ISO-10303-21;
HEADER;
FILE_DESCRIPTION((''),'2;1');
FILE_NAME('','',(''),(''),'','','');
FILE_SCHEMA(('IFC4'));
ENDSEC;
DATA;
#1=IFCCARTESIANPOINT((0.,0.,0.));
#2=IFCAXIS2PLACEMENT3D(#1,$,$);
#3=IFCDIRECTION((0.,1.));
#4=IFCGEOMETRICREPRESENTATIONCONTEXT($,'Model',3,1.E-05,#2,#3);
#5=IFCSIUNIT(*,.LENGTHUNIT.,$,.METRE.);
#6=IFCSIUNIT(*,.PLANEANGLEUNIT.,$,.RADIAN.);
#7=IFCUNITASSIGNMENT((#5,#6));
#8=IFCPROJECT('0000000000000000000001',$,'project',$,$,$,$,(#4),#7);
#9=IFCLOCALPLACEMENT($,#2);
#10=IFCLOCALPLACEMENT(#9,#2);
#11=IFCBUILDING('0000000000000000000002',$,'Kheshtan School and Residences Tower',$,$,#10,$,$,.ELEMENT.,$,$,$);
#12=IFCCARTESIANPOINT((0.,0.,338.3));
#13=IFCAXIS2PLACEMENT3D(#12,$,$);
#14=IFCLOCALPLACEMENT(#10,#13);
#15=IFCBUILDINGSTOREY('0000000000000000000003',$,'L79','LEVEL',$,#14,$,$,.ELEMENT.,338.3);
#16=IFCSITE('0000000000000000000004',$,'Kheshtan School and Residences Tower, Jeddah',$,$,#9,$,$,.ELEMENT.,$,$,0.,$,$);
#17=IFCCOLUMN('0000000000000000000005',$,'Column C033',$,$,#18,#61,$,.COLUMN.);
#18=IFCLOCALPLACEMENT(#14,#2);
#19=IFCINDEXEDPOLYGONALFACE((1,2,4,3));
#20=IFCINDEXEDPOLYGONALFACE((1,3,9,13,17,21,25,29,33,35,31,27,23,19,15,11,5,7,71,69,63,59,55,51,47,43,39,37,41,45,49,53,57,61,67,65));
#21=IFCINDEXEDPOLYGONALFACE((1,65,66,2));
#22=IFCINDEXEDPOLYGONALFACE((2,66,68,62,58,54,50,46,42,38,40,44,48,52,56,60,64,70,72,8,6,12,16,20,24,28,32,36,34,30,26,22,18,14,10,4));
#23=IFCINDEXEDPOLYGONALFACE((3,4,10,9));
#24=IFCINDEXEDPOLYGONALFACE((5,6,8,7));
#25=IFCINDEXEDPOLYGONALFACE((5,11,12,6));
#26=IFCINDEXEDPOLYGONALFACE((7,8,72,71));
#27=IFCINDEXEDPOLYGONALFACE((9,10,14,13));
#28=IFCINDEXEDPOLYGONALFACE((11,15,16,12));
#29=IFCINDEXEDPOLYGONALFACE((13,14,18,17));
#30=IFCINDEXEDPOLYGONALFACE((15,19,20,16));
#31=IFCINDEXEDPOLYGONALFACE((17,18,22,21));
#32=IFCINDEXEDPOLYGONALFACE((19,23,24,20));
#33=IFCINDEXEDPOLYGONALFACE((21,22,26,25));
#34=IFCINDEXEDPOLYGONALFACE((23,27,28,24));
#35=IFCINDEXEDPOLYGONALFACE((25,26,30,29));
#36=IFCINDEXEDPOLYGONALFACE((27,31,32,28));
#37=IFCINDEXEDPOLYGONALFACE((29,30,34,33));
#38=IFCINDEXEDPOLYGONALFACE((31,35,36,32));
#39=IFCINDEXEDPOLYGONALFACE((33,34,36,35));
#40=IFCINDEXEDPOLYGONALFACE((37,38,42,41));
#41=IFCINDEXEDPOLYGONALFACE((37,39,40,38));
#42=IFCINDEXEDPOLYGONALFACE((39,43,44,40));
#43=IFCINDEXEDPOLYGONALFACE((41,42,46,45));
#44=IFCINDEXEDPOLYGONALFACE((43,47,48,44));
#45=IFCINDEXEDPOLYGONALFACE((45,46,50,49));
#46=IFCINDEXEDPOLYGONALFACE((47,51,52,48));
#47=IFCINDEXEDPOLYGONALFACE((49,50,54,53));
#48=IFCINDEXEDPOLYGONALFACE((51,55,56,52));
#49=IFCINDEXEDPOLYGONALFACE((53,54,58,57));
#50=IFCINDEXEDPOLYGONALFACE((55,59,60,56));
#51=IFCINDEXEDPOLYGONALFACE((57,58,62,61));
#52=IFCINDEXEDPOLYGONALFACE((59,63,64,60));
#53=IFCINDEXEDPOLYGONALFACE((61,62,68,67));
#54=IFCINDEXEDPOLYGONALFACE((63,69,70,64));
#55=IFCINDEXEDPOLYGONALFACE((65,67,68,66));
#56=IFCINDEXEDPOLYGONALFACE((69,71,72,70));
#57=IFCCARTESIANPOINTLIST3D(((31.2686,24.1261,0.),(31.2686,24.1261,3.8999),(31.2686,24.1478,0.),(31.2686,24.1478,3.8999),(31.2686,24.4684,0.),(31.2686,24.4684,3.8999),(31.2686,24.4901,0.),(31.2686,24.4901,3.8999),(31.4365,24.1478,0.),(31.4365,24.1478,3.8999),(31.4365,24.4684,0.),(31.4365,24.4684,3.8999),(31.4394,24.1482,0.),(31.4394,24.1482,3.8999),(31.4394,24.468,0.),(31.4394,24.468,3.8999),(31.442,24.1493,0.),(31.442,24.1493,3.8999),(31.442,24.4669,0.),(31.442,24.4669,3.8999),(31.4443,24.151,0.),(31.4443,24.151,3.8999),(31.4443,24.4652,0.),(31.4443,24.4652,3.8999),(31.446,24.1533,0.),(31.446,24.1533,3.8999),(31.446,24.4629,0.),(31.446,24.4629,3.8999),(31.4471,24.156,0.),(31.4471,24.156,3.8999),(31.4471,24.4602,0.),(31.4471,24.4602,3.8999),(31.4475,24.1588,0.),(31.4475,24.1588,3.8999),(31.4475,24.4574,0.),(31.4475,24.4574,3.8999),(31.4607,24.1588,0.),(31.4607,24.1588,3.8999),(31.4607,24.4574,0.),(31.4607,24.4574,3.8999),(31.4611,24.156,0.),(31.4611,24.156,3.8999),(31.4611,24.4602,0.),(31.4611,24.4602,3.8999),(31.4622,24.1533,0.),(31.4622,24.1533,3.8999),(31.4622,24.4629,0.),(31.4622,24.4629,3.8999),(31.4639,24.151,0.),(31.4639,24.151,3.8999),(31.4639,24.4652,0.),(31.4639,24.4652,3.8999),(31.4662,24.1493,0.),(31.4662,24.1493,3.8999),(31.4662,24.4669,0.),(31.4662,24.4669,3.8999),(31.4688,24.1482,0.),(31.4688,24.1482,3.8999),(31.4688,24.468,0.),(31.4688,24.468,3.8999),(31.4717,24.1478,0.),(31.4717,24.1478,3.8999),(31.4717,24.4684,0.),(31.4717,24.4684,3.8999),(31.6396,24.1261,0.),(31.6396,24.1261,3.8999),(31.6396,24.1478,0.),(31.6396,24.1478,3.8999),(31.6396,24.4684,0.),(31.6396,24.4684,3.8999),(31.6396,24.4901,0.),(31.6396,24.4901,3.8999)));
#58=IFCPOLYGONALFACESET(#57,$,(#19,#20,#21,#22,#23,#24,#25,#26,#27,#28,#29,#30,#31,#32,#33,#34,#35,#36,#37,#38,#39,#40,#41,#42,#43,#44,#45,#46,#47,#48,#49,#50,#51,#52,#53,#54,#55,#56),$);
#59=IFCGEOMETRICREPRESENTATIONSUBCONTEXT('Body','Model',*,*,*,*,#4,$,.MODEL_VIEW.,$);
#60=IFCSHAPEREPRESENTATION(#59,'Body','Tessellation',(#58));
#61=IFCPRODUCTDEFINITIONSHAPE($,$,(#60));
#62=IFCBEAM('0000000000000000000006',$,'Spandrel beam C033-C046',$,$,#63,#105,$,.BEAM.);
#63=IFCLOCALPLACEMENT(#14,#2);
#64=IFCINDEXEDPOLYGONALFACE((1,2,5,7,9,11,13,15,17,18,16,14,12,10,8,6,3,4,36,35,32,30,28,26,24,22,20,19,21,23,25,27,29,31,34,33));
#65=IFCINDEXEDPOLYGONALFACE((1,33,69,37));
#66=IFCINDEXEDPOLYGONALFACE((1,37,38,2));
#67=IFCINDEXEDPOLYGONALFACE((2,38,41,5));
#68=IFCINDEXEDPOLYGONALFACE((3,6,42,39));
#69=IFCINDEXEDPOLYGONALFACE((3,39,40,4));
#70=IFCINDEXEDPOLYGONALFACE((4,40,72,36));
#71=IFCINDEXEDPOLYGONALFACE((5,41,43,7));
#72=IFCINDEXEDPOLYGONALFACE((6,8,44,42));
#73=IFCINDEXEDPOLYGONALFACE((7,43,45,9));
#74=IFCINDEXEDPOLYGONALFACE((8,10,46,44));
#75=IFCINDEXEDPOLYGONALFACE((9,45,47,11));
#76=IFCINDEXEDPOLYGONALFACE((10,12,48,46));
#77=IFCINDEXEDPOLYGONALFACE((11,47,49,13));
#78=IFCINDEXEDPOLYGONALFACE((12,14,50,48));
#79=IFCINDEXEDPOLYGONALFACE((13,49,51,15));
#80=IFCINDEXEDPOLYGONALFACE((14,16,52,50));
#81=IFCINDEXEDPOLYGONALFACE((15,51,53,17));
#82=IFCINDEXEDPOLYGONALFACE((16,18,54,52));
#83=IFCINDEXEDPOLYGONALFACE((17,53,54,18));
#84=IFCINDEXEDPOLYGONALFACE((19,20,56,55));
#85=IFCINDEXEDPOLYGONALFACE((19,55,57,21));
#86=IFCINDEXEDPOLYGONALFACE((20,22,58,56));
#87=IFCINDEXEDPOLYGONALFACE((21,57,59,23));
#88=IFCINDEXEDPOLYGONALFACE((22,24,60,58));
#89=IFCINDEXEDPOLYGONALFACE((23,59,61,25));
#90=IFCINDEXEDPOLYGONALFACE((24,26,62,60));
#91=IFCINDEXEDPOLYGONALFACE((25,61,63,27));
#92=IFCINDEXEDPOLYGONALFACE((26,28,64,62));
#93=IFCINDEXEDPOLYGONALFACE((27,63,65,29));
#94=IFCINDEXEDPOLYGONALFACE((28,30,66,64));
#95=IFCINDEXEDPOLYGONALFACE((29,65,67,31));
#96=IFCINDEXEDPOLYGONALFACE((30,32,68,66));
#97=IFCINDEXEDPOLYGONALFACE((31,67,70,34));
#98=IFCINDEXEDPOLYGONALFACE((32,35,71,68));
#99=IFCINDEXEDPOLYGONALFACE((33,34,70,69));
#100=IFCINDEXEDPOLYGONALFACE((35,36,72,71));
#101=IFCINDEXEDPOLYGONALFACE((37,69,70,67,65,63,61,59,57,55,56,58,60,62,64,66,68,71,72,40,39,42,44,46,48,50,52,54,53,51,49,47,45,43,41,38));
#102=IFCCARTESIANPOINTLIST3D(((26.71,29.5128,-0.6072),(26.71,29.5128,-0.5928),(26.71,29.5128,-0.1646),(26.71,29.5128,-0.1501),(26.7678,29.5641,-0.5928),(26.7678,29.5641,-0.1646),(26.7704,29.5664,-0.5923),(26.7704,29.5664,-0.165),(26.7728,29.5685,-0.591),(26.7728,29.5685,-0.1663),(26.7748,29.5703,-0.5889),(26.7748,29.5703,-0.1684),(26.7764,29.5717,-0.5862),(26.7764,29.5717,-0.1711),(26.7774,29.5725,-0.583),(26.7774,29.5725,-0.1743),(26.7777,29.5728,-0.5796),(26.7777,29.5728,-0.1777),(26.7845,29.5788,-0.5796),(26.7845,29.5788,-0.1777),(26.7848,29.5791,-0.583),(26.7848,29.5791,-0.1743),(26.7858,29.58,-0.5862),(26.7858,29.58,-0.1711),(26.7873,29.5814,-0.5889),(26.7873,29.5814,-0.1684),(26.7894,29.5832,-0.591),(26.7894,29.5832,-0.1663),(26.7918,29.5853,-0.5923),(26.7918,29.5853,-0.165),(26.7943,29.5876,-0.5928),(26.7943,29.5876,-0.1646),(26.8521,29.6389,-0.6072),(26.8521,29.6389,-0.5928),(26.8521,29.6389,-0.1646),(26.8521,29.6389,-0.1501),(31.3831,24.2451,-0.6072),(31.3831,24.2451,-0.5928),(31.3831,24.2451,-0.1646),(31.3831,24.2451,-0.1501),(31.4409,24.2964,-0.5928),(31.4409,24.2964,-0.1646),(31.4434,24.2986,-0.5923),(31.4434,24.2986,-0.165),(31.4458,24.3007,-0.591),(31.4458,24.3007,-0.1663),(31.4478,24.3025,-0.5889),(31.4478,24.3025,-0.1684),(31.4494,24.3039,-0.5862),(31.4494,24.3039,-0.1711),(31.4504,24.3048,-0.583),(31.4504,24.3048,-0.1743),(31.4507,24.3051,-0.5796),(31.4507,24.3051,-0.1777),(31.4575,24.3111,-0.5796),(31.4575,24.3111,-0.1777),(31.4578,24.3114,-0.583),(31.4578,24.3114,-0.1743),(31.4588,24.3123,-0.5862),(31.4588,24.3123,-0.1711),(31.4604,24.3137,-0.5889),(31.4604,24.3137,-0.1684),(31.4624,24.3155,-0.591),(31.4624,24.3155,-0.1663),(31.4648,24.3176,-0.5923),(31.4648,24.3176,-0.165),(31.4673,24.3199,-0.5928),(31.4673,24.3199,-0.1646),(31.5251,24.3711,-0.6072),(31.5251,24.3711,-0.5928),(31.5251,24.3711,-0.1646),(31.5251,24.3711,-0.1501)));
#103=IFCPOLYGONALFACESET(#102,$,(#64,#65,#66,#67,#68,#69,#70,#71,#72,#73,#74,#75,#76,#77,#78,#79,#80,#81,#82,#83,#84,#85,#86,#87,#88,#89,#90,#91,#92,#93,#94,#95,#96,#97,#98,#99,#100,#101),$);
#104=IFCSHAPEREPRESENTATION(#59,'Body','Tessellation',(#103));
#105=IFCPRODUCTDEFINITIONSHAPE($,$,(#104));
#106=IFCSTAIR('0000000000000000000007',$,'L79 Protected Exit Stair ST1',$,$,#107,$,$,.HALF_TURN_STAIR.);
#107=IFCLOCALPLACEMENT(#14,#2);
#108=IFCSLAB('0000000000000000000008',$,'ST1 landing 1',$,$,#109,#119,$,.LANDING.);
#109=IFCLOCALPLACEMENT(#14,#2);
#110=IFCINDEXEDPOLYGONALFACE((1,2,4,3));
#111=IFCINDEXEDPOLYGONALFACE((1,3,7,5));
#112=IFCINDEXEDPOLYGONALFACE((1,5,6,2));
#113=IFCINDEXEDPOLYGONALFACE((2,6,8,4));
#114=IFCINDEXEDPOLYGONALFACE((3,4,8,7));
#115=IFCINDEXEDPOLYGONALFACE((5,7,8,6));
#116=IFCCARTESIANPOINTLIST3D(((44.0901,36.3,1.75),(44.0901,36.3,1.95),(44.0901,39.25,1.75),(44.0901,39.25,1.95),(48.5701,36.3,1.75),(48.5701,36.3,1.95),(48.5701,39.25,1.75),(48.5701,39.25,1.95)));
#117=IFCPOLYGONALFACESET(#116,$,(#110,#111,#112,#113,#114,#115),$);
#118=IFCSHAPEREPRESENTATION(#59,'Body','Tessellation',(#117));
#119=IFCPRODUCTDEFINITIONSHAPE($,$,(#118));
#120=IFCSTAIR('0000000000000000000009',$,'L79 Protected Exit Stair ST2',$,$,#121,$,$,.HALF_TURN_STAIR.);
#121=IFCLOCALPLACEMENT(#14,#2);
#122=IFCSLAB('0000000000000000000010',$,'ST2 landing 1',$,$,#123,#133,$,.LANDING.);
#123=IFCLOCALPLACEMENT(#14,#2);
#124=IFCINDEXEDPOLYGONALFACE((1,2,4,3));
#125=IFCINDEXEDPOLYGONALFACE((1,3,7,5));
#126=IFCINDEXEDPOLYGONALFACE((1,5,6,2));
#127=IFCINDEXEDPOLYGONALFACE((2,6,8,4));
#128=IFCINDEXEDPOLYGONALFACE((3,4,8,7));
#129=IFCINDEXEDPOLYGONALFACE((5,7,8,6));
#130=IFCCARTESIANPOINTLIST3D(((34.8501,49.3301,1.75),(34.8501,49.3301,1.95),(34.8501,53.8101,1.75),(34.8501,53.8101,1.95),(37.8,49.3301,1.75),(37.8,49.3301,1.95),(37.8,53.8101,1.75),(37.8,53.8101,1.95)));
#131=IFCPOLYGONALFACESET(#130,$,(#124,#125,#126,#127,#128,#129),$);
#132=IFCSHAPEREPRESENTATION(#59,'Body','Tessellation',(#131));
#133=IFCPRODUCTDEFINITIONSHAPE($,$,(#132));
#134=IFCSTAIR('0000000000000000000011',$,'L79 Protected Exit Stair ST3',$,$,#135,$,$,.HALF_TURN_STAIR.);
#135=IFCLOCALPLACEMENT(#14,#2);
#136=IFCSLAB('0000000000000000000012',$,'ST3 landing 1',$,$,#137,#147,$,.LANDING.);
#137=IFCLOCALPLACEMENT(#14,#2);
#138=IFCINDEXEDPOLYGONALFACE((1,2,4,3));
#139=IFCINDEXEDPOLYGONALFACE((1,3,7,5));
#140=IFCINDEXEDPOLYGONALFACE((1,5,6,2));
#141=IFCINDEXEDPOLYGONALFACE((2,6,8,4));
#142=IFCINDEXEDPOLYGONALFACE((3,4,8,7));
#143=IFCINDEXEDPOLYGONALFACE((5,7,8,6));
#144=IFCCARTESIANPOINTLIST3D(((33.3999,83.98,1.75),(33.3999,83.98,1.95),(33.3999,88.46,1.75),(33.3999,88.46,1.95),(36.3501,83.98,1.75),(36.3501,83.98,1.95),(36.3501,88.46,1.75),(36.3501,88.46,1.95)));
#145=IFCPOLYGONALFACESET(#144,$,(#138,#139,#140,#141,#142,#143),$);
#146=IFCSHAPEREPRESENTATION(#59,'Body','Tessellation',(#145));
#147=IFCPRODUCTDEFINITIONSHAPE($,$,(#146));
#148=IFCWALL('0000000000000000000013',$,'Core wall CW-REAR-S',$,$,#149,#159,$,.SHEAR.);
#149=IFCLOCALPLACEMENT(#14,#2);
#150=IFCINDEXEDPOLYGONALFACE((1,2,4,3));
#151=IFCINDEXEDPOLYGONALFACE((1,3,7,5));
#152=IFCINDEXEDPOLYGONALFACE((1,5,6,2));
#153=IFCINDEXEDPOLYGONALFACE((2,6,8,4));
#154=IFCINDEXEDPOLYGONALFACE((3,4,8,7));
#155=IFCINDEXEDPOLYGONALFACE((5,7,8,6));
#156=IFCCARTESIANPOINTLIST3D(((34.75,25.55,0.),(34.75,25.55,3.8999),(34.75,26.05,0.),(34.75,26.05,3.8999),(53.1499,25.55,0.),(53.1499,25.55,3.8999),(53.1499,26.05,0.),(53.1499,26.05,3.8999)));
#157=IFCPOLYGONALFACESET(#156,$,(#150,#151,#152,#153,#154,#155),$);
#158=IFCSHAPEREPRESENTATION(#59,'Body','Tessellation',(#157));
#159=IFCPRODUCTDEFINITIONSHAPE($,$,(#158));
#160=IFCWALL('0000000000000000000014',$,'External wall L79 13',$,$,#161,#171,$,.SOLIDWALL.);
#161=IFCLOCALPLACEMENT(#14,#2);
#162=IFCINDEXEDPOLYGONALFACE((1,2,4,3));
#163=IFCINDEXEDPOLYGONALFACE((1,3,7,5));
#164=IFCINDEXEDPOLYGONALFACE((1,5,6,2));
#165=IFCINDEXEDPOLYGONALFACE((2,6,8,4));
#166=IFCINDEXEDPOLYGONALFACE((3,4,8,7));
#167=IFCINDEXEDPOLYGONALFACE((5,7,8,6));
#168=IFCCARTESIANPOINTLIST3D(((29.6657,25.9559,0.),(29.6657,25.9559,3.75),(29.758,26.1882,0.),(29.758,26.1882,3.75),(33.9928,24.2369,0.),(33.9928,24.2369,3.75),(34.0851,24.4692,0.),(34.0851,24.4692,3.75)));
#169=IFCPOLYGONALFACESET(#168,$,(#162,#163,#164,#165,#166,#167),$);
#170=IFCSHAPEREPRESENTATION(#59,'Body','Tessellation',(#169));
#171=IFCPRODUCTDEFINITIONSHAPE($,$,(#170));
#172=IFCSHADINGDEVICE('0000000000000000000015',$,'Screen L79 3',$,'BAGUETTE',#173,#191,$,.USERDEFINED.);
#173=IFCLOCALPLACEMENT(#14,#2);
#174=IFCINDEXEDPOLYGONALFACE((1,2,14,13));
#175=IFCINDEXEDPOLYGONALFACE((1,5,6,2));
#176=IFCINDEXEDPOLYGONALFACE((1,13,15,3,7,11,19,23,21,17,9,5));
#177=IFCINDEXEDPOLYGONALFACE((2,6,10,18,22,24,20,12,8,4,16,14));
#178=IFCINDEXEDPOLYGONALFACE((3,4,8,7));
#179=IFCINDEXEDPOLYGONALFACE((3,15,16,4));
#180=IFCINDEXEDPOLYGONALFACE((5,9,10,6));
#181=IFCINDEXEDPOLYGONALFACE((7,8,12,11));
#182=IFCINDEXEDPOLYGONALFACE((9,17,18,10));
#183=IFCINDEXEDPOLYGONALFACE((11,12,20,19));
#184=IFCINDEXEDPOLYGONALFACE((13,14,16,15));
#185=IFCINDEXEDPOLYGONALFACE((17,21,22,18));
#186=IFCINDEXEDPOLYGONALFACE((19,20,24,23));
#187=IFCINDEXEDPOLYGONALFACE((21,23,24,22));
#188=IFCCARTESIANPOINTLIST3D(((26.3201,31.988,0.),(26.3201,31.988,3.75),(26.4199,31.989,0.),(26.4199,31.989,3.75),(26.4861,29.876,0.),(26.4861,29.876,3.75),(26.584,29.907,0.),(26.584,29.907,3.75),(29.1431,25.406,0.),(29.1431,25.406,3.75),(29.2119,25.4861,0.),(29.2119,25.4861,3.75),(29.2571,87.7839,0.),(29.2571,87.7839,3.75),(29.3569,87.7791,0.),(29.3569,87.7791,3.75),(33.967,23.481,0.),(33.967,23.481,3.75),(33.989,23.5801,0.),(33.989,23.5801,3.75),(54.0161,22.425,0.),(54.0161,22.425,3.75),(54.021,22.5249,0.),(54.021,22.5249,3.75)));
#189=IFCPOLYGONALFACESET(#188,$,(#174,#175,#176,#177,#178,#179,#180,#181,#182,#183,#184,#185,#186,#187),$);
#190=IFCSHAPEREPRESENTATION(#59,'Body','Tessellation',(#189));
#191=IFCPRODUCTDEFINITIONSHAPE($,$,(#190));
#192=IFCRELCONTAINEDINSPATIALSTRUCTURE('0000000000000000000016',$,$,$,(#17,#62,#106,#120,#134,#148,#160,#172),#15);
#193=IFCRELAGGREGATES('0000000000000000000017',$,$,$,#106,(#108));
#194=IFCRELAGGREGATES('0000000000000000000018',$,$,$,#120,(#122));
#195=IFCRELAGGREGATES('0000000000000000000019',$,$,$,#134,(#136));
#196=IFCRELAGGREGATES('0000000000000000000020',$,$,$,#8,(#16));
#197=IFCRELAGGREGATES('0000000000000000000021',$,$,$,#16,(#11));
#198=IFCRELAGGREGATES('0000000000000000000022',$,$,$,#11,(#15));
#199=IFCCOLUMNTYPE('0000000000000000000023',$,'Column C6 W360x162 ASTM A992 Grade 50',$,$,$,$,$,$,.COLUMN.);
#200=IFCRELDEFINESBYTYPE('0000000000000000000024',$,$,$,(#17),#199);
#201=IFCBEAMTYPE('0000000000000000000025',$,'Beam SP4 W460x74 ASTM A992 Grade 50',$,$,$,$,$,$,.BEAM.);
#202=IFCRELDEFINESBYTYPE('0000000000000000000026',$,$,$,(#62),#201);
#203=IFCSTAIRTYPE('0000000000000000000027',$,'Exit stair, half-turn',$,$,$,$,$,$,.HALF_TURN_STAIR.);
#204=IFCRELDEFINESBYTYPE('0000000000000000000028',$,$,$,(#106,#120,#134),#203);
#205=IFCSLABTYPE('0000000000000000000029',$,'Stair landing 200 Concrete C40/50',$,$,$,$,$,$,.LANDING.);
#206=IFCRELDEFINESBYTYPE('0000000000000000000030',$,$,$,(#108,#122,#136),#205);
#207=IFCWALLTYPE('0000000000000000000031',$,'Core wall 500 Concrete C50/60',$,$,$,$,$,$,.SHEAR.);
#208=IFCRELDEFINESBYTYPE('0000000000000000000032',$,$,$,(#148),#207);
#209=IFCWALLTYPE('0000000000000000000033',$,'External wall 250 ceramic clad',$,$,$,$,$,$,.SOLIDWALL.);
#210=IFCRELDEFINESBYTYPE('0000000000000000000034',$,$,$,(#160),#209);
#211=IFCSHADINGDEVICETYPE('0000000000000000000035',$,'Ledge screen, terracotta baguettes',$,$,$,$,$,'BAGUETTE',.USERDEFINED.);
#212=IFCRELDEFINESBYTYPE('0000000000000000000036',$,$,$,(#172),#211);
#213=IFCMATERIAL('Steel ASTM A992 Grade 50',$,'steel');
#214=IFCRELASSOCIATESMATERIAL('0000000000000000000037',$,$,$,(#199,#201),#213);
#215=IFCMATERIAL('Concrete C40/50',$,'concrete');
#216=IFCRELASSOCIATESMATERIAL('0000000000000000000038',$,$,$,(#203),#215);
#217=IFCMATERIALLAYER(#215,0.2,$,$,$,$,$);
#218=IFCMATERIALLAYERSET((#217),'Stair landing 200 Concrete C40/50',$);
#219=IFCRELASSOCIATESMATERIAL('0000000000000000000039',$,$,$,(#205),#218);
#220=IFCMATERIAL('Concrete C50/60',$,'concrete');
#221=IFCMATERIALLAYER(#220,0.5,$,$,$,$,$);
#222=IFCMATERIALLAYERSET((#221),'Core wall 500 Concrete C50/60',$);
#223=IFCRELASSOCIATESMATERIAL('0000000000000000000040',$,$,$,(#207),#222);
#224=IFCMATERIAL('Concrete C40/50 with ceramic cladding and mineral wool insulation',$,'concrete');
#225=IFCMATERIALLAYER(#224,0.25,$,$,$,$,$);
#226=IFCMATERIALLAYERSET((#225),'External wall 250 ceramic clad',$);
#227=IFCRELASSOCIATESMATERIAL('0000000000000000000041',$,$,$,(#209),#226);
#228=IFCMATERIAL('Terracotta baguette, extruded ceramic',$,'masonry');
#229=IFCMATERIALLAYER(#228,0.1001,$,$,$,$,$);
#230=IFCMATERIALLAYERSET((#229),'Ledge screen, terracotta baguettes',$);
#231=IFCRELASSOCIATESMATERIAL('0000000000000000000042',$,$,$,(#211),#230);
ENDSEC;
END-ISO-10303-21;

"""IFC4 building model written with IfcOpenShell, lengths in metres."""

from ifc_helpers import new_model, si_unit, direction, frame, frame_2d, origin, origin_2d, place, context, subcontext, project, spatial, polyline, rectangle, i_section, outline, extrude, material, layer, layer_set, material_profile, profile_set, type_object, element, aggregate, save


model = new_model("IFC4")

# Units and contexts
model_context = context("Model", 3, precision=1e-05, world=origin(), true_north=direction((0.0, 1.0)))
body_context = subcontext(model_context, "Body", "Model", "MODEL_VIEW")
ifc_project = project(units=[si_unit("LENGTHUNIT", "METRE"), si_unit("PLANEANGLEUNIT", "RADIAN")], contexts=[model_context])

# Site, building, storey
site_placement = place(None, origin())
site = spatial("IfcSite", under=ifc_project, at=site_placement, Name="Kheshtan School and Residences Tower, Jeddah", CompositionType="ELEMENT", RefElevation=0.0)
building_placement = place(site_placement, origin())
building = spatial("IfcBuilding", under=site, at=building_placement, Name="Kheshtan School and Residences Tower", CompositionType="ELEMENT")
storey_placement = place(building_placement, frame((0.0, 0.0, 338.3)))
storey = spatial("IfcBuildingStorey", under=building, at=storey_placement, Name="L79", Description="LEVEL", CompositionType="ELEMENT", Elevation=338.3)

# Column
ifc_material_1 = material(Name="Steel ASTM A992 Grade 50", Category="steel")
ifc_material_profile_1 = material_profile(ifc_material_1, i_section(OverallWidth=0.3711, OverallDepth=0.364, WebThickness=0.0132, FlangeThickness=0.0217, FilletRadius=0.011, at=origin_2d()), Name="W360x162")
ifc_profile_set_1 = profile_set([ifc_material_profile_1], Name="Steel ASTM A992 Grade 50")
column_type = type_object("IfcColumnType", Name="Column C6 W360x162 ASTM A992 Grade 50", PredefinedType="COLUMN", material=ifc_profile_set_1)
column_placement = place(storey_placement, frame((31.4541, 24.3081, 0.0), z_axis=(0.0, 0.0, 1.0), x_axis=(1.0, 0.0, 0.0)))
element("IfcColumn", 1, at=column_placement, inside=storey, type_object=column_type, Name="Column C033", PredefinedType="COLUMN", context=body_context, shape_type="SweptSolid", body=[
    extrude(i_section(OverallWidth=0.3711, OverallDepth=0.364, WebThickness=0.0132, FlangeThickness=0.0217, FilletRadius=0.011, at=origin_2d()), origin(), (0.0, 0.0, 1.0), 3.8999),
])

# Beam
ifc_material_profile_2 = material_profile(ifc_material_1, i_section(OverallWidth=0.1899, OverallDepth=0.457, WebThickness=0.009, FlangeThickness=0.0144, FilletRadius=0.0132, at=origin_2d()), Name="W460x74")
ifc_profile_set_2 = profile_set([ifc_material_profile_2], Name="Steel ASTM A992 Grade 50")
beam_type = type_object("IfcBeamType", Name="Beam SP4 W460x74 ASTM A992 Grade 50", PredefinedType="BEAM", material=ifc_profile_set_2)
beam_placement = place(storey_placement, frame((31.4541, 24.3081, -0.3787), z_axis=(-0.663617, 0.748073, 0.0), x_axis=(-0.748073, -0.663617, 0.0)))
element("IfcBeam", 2, at=beam_placement, inside=storey, type_object=beam_type, Name="Spandrel beam C033-C046", PredefinedType="BEAM", context=body_context, shape_type="SweptSolid", body=[
    extrude(i_section(OverallWidth=0.1899, OverallDepth=0.457, WebThickness=0.009, FlangeThickness=0.0144, FilletRadius=0.0132, at=origin_2d()), origin(), (0.0, 0.0, 1.0), 7.0417),
])

# Shared definitions
ifc_material_2 = material(Name="Concrete C40/50", Category="concrete")

# Stairs, slabs
stair_type = type_object("IfcStairType", Name="Exit stair, half-turn", PredefinedType="HALF_TURN_STAIR", material=ifc_material_2)
stair_1_placement = place(storey_placement, origin())
stair_1 = element("IfcStair", 3, at=stair_1_placement, inside=storey, type_object=stair_type, Name="L79 Protected Exit Stair ST1", PredefinedType="HALF_TURN_STAIR")
ifc_layer_1 = layer(ifc_material_2, 0.2)
ifc_layer_set_1 = layer_set([ifc_layer_1], Name="Stair landing 200 Concrete C40/50")
slab_type_1 = type_object("IfcSlabType", Name="Stair landing 200 Concrete C40/50", PredefinedType="LANDING", material=ifc_layer_set_1)
slab_1_placement = place(storey_placement, frame((0.0, 0.0, 1.75)))
slab_1 = element("IfcSlab", 4, at=slab_1_placement, type_object=slab_type_1, Name="ST1 landing 1", PredefinedType="LANDING", context=body_context, shape_type="SweptSolid", body=[
    extrude(outline(polyline([(48.5701, 39.25), (44.0901, 39.25), (44.0901, 36.3), (48.5701, 36.3), (48.5701, 39.25)])), origin(), (0.0, 0.0, 1.0), 0.2),
])
aggregate(stair_1, [slab_1])
stair_2_placement = place(storey_placement, origin())
stair_2 = element("IfcStair", 5, at=stair_2_placement, inside=storey, type_object=stair_type, Name="L79 Protected Exit Stair ST2", PredefinedType="HALF_TURN_STAIR")
slab_2_placement = place(storey_placement, frame((0.0, 0.0, 1.75)))
slab_2 = element("IfcSlab", 6, at=slab_2_placement, type_object=slab_type_1, Name="ST2 landing 1", PredefinedType="LANDING", context=body_context, shape_type="SweptSolid", body=[
    extrude(outline(polyline([(37.8, 49.3301), (37.8, 53.8101), (34.8501, 53.8101), (34.8501, 49.3301), (37.8, 49.3301)])), origin(), (0.0, 0.0, 1.0), 0.2),
])
aggregate(stair_2, [slab_2])
stair_3_placement = place(storey_placement, origin())
stair_3 = element("IfcStair", 7, at=stair_3_placement, inside=storey, type_object=stair_type, Name="L79 Protected Exit Stair ST3", PredefinedType="HALF_TURN_STAIR")
slab_3_placement = place(storey_placement, frame((0.0, 0.0, 1.75)))
slab_3 = element("IfcSlab", 8, at=slab_3_placement, type_object=slab_type_1, Name="ST3 landing 1", PredefinedType="LANDING", context=body_context, shape_type="SweptSolid", body=[
    extrude(outline(polyline([(36.3501, 83.98), (36.3501, 88.46), (33.3999, 88.46), (33.3999, 83.98), (36.3501, 83.98)])), origin(), (0.0, 0.0, 1.0), 0.2),
])
aggregate(stair_3, [slab_3])

# Walls
ifc_material_3 = material(Name="Concrete C50/60", Category="concrete")
ifc_layer_2 = layer(ifc_material_3, 0.5)
ifc_layer_set_2 = layer_set([ifc_layer_2], Name="Core wall 500 Concrete C50/60")
wall_type_1 = type_object("IfcWallType", Name="Core wall 500 Concrete C50/60", PredefinedType="SHEAR", material=ifc_layer_set_2)
wall_1_placement = place(storey_placement, frame((34.75, 25.8, 0.0), z_axis=(0.0, 0.0, 1.0), x_axis=(1.0, 0.0, 0.0)))
element("IfcWall", 9, at=wall_1_placement, inside=storey, type_object=wall_type_1, Name="Core wall CW-REAR-S", PredefinedType="SHEAR", context=body_context, shape_type="SweptSolid", body=[
    extrude(rectangle(XDim=18.3999, YDim=0.5, at=frame_2d((9.2, 0.0))), origin(), (0.0, 0.0, 1.0), 3.8999),
])
ifc_material_4 = material(Name="Concrete C40/50 with ceramic cladding and mineral wool insulation", Category="concrete")
ifc_layer_3 = layer(ifc_material_4, 0.25)
ifc_layer_set_3 = layer_set([ifc_layer_3], Name="External wall 250 ceramic clad")
wall_type_2 = type_object("IfcWallType", Name="External wall 250 ceramic clad", PredefinedType="SOLIDWALL", material=ifc_layer_set_3)
wall_2_placement = place(storey_placement, frame((34.0391, 24.353, 0.0), z_axis=(0.0, 0.0, 1.0), x_axis=(-0.929353, 0.369193, 0.0)))
element("IfcWall", 10, at=wall_2_placement, inside=storey, type_object=wall_type_2, Name="External wall L79 13", PredefinedType="SOLIDWALL", context=body_context, shape_type="SweptSolid", body=[
    extrude(rectangle(XDim=4.656, YDim=0.25, at=frame_2d((2.3281, 0.0))), origin(), (0.0, 0.0, 1.0), 3.75),
])

# Shading device
ifc_material_5 = material(Name="Terracotta baguette, extruded ceramic", Category="masonry")
ifc_layer_4 = layer(ifc_material_5, 0.1001)
ifc_layer_set_4 = layer_set([ifc_layer_4], Name="Ledge screen, terracotta baguettes")
shading_device_type_1 = type_object("IfcShadingDeviceType", Name="Ledge screen, terracotta baguettes", ElementType="BAGUETTE", PredefinedType="USERDEFINED", material=ifc_layer_set_4)
shading_device_1_placement = place(storey_placement, origin())
element("IfcShadingDevice", 11, at=shading_device_1_placement, inside=storey, type_object=shading_device_type_1, Name="Screen L79 3", ObjectType="BAGUETTE", PredefinedType="USERDEFINED", context=body_context, shape_type="SweptSolid", body=[
    extrude(outline(polyline([(54.021, 22.5249), (33.989, 23.5801), (29.2119, 25.4861), (26.584, 29.907), (26.4199, 31.989), (29.3569, 87.7791), (29.2571, 87.7839), (26.3201, 31.988), (26.4861, 29.876), (29.1431, 25.406), (33.967, 23.481), (54.0161, 22.425), (54.021, 22.5249)])), origin(), (0.0, 0.0, 1.0), 3.75),
])

save(model, "model.ifc")
